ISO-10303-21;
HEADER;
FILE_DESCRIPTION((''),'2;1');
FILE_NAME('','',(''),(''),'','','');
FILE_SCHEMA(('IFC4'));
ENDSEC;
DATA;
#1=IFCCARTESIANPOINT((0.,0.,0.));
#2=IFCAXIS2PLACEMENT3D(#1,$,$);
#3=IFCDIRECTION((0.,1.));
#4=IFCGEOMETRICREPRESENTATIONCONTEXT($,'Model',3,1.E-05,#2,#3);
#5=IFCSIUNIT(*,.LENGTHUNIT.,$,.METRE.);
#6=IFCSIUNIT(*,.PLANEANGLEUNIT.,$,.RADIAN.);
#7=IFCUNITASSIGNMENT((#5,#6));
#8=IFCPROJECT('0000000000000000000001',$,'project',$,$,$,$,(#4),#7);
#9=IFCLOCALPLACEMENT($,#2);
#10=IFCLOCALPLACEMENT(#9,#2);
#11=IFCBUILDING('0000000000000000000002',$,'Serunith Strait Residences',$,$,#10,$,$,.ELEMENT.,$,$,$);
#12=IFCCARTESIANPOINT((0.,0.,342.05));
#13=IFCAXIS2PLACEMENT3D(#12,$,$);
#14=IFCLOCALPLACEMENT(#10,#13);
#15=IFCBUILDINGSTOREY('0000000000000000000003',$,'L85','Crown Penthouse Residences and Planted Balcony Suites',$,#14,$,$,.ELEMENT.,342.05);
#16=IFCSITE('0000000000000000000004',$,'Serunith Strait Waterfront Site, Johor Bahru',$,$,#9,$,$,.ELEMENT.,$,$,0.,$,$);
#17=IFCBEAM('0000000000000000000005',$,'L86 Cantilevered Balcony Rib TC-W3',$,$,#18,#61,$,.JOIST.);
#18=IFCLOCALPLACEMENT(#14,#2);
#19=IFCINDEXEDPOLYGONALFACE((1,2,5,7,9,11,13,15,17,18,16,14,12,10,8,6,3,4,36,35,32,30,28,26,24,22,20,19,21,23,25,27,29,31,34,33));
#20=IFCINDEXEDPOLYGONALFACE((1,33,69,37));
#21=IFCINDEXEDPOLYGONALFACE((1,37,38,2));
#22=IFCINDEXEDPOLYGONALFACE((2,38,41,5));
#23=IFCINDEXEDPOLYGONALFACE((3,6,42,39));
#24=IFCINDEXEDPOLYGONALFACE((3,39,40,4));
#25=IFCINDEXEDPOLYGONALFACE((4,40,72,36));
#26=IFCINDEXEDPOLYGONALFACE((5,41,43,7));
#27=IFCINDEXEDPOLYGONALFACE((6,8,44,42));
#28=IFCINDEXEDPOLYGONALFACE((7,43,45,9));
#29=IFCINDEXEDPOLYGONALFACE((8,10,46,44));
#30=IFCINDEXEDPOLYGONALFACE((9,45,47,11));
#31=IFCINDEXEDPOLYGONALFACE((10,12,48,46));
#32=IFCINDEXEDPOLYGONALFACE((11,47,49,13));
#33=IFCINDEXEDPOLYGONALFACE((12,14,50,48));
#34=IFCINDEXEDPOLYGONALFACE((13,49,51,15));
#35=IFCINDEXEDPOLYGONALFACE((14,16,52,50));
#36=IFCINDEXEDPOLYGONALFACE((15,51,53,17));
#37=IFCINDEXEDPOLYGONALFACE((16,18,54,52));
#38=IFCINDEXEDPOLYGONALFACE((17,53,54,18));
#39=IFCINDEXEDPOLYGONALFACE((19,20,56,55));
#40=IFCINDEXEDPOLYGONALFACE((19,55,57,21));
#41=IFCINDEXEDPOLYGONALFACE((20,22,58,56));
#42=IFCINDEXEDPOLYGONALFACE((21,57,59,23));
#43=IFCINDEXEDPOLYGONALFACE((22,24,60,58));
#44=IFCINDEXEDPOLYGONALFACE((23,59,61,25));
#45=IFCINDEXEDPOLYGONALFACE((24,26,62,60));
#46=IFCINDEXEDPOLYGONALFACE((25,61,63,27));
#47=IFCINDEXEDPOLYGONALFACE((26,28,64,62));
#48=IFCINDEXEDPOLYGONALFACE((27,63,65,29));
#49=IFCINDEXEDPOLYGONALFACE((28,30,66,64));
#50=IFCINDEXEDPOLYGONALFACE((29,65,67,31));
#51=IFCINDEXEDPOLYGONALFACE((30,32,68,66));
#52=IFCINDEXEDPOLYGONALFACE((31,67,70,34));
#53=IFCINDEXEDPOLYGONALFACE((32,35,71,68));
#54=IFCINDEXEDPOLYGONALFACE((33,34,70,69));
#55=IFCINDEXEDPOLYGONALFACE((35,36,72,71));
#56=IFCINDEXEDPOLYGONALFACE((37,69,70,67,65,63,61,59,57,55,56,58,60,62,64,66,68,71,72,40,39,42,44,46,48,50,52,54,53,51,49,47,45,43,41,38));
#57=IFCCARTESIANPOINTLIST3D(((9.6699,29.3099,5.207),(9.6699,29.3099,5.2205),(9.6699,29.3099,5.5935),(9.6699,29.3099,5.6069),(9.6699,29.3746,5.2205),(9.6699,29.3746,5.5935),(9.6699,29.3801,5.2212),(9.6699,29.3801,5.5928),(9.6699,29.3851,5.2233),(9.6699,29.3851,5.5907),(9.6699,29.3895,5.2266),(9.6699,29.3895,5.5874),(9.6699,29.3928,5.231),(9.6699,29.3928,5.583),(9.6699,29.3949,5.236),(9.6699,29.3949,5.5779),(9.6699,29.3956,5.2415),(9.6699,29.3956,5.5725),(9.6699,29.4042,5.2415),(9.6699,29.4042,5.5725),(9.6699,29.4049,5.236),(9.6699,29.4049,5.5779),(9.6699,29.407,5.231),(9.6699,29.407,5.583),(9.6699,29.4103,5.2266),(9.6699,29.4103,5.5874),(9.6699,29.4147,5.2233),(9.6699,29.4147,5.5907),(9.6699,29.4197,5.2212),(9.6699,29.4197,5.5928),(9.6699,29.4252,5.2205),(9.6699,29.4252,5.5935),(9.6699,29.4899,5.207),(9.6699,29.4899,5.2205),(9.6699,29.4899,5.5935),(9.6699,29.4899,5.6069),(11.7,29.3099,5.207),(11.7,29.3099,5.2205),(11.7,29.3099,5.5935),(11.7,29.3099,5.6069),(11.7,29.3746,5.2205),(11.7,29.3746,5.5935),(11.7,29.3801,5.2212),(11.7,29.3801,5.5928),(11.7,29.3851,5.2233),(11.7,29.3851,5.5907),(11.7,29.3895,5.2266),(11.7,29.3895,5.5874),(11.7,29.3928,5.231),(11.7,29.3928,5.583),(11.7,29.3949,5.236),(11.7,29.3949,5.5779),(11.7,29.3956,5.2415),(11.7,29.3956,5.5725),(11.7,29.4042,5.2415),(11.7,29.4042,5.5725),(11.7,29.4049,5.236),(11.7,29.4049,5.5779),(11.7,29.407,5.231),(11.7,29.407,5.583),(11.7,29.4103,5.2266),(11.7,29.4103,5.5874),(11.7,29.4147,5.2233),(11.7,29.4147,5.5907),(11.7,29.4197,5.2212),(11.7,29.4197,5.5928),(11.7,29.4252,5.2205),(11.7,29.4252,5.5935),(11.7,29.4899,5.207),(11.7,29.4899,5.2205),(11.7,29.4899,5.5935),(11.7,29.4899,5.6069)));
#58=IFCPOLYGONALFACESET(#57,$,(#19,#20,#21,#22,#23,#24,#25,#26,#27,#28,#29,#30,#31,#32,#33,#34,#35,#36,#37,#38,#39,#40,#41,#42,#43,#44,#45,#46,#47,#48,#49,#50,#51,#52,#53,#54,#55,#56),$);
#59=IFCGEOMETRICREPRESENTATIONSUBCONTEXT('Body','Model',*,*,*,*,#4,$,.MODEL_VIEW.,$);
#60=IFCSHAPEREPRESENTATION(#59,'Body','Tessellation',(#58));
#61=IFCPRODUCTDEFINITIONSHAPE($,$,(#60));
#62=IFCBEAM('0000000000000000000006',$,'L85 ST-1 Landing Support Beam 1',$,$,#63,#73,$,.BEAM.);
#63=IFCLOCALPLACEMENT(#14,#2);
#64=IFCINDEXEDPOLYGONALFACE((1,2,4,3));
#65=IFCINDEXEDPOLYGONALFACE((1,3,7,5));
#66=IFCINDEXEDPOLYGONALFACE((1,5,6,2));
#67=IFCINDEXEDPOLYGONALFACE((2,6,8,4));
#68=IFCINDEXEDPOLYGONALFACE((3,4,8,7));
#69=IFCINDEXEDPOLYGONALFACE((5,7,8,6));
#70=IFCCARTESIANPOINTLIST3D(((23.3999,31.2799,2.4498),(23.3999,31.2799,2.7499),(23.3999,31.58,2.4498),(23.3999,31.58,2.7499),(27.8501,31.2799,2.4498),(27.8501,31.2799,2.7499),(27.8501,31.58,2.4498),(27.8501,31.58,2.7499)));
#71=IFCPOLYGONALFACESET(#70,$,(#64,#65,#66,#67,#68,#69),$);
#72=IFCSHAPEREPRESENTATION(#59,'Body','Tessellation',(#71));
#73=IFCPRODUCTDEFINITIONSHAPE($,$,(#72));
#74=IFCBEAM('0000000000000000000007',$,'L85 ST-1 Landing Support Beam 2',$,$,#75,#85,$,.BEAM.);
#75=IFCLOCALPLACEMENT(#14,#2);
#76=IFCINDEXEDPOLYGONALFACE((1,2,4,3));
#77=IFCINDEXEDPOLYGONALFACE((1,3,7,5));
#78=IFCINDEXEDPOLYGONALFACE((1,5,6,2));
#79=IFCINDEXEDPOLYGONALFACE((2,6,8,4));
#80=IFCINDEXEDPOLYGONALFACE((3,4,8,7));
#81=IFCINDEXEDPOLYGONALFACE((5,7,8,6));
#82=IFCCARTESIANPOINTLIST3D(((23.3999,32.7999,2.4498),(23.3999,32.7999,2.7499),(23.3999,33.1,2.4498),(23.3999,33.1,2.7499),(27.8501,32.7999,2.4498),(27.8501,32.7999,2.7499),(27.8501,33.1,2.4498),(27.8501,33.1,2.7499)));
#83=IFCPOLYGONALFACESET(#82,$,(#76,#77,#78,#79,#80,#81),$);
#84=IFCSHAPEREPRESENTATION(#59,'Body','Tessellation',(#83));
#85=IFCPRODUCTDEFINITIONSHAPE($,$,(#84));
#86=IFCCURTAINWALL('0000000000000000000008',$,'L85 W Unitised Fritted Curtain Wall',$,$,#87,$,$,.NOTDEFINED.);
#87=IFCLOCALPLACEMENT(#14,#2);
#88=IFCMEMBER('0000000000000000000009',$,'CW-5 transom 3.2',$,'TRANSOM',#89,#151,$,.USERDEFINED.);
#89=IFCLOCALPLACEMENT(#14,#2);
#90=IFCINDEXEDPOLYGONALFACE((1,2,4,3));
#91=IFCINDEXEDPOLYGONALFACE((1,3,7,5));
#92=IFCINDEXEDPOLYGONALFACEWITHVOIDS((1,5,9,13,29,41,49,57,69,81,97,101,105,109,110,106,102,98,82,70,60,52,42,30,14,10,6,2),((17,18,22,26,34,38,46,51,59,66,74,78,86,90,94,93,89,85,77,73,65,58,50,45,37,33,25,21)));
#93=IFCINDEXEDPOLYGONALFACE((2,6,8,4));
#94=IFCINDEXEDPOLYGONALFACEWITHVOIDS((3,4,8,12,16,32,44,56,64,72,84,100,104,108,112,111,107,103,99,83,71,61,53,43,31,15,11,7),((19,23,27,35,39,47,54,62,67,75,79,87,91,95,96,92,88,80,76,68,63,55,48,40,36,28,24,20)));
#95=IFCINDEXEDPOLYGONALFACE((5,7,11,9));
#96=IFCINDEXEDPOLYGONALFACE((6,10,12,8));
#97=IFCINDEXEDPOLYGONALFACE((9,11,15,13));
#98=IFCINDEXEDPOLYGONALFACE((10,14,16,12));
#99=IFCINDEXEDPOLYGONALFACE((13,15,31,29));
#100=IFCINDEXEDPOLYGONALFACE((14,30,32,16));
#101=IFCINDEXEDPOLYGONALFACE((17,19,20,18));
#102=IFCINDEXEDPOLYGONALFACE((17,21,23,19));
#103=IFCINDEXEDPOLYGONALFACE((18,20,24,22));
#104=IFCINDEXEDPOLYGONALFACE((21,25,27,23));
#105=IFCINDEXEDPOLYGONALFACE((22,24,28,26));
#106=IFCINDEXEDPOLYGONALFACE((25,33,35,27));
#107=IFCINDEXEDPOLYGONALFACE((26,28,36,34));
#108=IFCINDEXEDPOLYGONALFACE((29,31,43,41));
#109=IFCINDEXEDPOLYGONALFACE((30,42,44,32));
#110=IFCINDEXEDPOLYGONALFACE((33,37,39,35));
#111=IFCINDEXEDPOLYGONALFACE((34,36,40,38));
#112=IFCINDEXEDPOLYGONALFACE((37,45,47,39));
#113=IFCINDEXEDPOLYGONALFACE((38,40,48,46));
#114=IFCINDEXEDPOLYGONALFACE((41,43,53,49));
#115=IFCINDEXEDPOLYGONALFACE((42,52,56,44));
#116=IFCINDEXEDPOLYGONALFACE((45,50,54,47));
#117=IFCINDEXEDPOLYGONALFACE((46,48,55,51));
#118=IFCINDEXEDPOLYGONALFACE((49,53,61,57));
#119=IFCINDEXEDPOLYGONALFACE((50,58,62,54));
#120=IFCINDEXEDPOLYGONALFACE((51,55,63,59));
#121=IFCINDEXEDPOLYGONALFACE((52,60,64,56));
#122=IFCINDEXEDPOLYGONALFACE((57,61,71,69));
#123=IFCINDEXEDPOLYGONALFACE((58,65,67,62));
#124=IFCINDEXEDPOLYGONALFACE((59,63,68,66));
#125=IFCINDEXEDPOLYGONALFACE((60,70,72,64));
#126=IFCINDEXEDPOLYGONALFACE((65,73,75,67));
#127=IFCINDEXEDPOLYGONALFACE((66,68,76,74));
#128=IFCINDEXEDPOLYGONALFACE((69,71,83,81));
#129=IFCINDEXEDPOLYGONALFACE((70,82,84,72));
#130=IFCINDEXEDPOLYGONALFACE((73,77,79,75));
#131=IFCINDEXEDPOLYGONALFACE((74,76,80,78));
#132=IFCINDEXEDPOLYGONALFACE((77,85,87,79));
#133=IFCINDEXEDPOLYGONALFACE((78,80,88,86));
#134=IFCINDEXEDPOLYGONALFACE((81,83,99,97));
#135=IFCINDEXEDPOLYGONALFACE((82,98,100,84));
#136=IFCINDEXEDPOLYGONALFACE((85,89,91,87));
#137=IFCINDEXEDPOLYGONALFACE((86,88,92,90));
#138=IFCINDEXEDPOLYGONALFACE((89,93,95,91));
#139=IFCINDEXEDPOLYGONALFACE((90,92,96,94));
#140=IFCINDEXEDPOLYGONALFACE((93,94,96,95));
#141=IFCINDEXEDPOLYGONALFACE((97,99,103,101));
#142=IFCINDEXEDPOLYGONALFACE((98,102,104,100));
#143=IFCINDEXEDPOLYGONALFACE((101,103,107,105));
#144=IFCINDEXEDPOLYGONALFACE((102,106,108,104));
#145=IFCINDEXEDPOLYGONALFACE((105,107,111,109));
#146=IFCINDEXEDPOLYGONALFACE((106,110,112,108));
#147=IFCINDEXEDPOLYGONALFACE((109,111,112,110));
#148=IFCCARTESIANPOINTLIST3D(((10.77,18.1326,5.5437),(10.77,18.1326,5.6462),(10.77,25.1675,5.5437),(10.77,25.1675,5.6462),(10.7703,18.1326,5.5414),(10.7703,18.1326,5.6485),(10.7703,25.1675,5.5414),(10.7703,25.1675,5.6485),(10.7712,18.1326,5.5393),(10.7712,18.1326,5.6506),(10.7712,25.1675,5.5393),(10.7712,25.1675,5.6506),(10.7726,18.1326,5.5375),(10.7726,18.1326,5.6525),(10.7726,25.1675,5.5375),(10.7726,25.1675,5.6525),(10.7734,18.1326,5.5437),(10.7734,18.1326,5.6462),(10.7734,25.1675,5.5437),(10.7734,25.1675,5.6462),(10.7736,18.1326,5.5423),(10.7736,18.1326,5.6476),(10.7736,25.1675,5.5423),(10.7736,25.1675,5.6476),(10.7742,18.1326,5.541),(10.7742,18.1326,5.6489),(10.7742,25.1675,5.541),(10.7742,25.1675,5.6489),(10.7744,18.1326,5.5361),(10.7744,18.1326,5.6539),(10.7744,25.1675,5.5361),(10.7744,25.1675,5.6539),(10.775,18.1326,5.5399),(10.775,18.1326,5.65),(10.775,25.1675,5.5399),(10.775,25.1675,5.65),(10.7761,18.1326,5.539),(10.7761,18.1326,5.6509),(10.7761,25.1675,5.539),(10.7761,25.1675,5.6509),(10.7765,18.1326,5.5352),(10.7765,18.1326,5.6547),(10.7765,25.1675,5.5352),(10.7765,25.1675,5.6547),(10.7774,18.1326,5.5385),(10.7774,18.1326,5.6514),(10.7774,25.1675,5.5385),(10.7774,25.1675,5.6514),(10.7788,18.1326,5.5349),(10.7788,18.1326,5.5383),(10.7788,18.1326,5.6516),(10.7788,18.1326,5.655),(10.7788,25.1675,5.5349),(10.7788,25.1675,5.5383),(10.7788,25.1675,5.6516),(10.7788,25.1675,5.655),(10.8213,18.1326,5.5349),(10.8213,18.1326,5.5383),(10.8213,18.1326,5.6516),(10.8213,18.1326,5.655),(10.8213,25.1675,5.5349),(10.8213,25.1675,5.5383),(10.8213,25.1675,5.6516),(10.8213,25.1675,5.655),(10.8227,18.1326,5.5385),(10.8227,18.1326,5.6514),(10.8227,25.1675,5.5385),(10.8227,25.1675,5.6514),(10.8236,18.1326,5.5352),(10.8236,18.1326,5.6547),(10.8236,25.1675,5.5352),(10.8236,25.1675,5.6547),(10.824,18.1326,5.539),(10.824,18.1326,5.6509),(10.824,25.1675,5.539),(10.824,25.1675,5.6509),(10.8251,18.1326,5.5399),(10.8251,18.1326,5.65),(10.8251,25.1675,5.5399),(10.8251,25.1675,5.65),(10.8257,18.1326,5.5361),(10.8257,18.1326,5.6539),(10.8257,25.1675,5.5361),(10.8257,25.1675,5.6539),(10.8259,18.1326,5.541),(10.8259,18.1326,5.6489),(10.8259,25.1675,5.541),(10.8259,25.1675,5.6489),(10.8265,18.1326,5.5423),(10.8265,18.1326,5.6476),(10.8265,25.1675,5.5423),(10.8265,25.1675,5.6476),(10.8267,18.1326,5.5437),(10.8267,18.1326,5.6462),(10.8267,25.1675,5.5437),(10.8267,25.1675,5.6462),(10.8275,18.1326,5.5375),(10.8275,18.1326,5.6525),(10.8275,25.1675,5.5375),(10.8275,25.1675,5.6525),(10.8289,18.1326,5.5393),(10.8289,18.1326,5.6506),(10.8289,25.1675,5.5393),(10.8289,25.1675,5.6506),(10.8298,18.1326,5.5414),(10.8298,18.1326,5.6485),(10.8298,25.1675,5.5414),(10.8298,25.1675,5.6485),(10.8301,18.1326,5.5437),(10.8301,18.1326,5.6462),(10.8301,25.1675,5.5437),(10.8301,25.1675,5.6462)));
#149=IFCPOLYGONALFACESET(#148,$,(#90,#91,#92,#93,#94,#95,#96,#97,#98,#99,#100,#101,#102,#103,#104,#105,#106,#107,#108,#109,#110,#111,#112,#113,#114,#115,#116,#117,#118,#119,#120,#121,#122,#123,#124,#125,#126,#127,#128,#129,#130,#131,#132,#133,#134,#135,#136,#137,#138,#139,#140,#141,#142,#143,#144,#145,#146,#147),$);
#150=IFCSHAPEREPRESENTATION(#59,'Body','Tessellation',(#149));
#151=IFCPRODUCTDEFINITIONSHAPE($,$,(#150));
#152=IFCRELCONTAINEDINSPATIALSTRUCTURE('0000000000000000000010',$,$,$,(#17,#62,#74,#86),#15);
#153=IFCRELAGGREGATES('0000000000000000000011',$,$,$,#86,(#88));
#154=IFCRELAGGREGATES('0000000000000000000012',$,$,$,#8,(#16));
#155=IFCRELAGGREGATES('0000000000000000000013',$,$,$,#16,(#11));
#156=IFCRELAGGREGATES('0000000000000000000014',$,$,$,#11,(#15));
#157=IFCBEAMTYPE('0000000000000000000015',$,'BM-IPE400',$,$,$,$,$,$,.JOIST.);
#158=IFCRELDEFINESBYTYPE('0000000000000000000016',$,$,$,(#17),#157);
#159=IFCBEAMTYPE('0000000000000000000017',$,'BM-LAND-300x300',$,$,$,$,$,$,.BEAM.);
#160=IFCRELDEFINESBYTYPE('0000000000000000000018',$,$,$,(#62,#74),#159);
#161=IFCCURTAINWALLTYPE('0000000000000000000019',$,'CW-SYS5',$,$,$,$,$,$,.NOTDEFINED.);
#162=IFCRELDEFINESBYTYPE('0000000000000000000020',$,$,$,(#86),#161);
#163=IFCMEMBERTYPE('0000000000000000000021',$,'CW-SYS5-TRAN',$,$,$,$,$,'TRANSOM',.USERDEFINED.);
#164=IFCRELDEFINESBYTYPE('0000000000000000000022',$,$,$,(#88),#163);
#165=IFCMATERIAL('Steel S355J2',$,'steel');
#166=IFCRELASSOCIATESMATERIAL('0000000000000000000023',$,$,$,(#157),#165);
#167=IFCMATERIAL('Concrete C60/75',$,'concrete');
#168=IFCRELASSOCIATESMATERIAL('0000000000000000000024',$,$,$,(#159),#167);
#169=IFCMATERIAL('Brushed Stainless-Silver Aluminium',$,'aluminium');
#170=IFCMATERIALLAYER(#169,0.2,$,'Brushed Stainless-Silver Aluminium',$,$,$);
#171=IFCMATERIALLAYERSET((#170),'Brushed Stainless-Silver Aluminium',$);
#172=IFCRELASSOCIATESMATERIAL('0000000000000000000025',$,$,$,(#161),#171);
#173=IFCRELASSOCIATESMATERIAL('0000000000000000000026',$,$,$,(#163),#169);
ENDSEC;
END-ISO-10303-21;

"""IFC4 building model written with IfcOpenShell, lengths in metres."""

from ifc_helpers import new_model, si_unit, direction, frame, origin, origin_2d, place, context, subcontext, project, spatial, rectangle, hollow_rectangle, i_section, extrude, source, transform, mapped, material, layer, layer_set, material_profile, profile_set, type_object, element, aggregate, save


model = new_model("IFC4")

# Units and contexts
model_context = context("Model", 3, precision=1e-05, world=origin(), true_north=direction((0.0, 1.0)))
body_context = subcontext(model_context, "Body", "Model", "MODEL_VIEW")
ifc_project = project(units=[si_unit("LENGTHUNIT", "METRE"), si_unit("PLANEANGLEUNIT", "RADIAN")], contexts=[model_context])

# Site, building, storey
site_placement = place(None, origin())
site = spatial("IfcSite", under=ifc_project, at=site_placement, Name="Serunith Strait Waterfront Site, Johor Bahru", CompositionType="ELEMENT", RefElevation=0.0)
building_placement = place(site_placement, origin())
building = spatial("IfcBuilding", under=site, at=building_placement, Name="Serunith Strait Residences", CompositionType="ELEMENT")
storey_placement = place(building_placement, frame((0.0, 0.0, 342.05)))
storey = spatial("IfcBuildingStorey", under=building, at=storey_placement, Name="L85", Description="Crown Penthouse Residences and Planted Balcony Suites", CompositionType="ELEMENT", Elevation=342.05)

# Shared definitions
ifc_material_1 = material(Name="Concrete C60/75", Category="concrete")

# Beams
ifc_material_2 = material(Name="Steel S355J2", Category="steel")
ifc_material_profile_1 = material_profile(ifc_material_2, i_section(OverallWidth=0.1799, OverallDepth=0.3999, WebThickness=0.0085, FlangeThickness=0.0134, FilletRadius=0.021, at=origin_2d()), Name="IPE 400")
ifc_profile_set_1 = profile_set([ifc_material_profile_1], Name="Steel S355J2")
beam_type_1 = type_object("IfcBeamType", Name="BM-IPE400", PredefinedType="JOIST", material=ifc_profile_set_1)
shared_shape_1 = source(origin(), body_context, "Body", "SweptSolid", [
    extrude(i_section(OverallWidth=0.1799, OverallDepth=0.3999, WebThickness=0.0085, FlangeThickness=0.0134, FilletRadius=0.021, at=origin_2d()), origin(), (0.0, 0.0, 1.0), 2.03),
])
beam_1_placement = place(storey_placement, frame((11.7, 29.3999, 5.407), z_axis=(-1.0, 0.0, 0.0), x_axis=(0.0, -1.0, 0.0)))
element("IfcBeam", 1, at=beam_1_placement, inside=storey, type_object=beam_type_1, Name="L86 Cantilevered Balcony Rib TC-W3", PredefinedType="JOIST", context=body_context, shape_type="MappedRepresentation", body=[
    mapped(shared_shape_1, transform((0.0, 0.0, 0.0), scale=1.0)),
])
ifc_material_profile_2 = material_profile(ifc_material_1, rectangle(XDim=0.3, YDim=0.3, at=origin_2d()), Name="RC 300x300")
ifc_profile_set_2 = profile_set([ifc_material_profile_2], Name="Concrete C60/75")
beam_type_2 = type_object("IfcBeamType", Name="BM-LAND-300x300", PredefinedType="BEAM", material=ifc_profile_set_2)
shared_shape_2 = source(origin(), body_context, "Body", "SweptSolid", [
    extrude(rectangle(XDim=0.3, YDim=0.3, at=origin_2d()), origin(), (0.0, 0.0, 1.0), 4.4502),
])
for number, where, z_axis, x_axis, name in (
    (2, (23.3999, 31.4299, 2.5999), (1.0, 0.0, 0.0), (0.0, 1.0, 0.0), "L85 ST-1 Landing Support Beam 1"),
    (3, (23.3999, 32.95, 2.5999), (1.0, 0.0, 0.0), (0.0, 1.0, 0.0), "L85 ST-1 Landing Support Beam 2"),
):
    element("IfcBeam", number, at=place(storey_placement, frame(where, z_axis=z_axis, x_axis=x_axis)), inside=storey, type_object=beam_type_2, Name=name, PredefinedType="BEAM", context=body_context, shape_type="MappedRepresentation", body=[
        mapped(shared_shape_2, transform((0.0, 0.0, 0.0), scale=1.0)),
    ])

# Curtain wall, member
ifc_material_3 = material(Name="Brushed Stainless-Silver Aluminium", Category="aluminium")
ifc_layer_1 = layer(ifc_material_3, 0.2, Name="Brushed Stainless-Silver Aluminium")
ifc_layer_set_1 = layer_set([ifc_layer_1], Name="Brushed Stainless-Silver Aluminium")
curtain_wall_type = type_object("IfcCurtainWallType", Name="CW-SYS5", PredefinedType="NOTDEFINED", material=ifc_layer_set_1)
curtain_wall_placement = place(storey_placement, origin())
curtain_wall = element("IfcCurtainWall", 4, at=curtain_wall_placement, inside=storey, type_object=curtain_wall_type, Name="L85 W Unitised Fritted Curtain Wall", PredefinedType="NOTDEFINED")
ifc_material_profile_3 = material_profile(ifc_material_3, hollow_rectangle(XDim=0.0601, YDim=0.1201, WallThickness=0.0034, InnerFilletRadius=0.0054, OuterFilletRadius=0.0088, at=origin_2d()), Name="ALU 120x60x3.5")
ifc_profile_set_3 = profile_set([ifc_material_profile_3], Name="Brushed Stainless-Silver Aluminium")
member_type_1 = type_object("IfcMemberType", Name="CW-SYS5-TRAN", ElementType="TRANSOM", PredefinedType="USERDEFINED", material=ifc_profile_set_3)
shared_shape_3 = source(origin(), body_context, "Body", "SweptSolid", [
    extrude(hollow_rectangle(XDim=0.0601, YDim=0.1201, WallThickness=0.0034, InnerFilletRadius=0.0054, OuterFilletRadius=0.0088, at=origin_2d()), origin(), (0.0, 0.0, 1.0), 7.0349),
])
member_1_placement = place(storey_placement, frame((10.8, 25.1675, 5.595), z_axis=(0.0, -1.0, 0.0), x_axis=(1.0, 0.0, 0.0)))
member_1 = element("IfcMember", 5, at=member_1_placement, type_object=member_type_1, Name="CW-5 transom 3.2", ObjectType="TRANSOM", PredefinedType="USERDEFINED", context=body_context, shape_type="MappedRepresentation", body=[
    mapped(shared_shape_3, transform((0.0, 0.0, 0.0), scale=1.0)),
])
aggregate(curtain_wall, [member_1])

save(model, "model.ifc")
